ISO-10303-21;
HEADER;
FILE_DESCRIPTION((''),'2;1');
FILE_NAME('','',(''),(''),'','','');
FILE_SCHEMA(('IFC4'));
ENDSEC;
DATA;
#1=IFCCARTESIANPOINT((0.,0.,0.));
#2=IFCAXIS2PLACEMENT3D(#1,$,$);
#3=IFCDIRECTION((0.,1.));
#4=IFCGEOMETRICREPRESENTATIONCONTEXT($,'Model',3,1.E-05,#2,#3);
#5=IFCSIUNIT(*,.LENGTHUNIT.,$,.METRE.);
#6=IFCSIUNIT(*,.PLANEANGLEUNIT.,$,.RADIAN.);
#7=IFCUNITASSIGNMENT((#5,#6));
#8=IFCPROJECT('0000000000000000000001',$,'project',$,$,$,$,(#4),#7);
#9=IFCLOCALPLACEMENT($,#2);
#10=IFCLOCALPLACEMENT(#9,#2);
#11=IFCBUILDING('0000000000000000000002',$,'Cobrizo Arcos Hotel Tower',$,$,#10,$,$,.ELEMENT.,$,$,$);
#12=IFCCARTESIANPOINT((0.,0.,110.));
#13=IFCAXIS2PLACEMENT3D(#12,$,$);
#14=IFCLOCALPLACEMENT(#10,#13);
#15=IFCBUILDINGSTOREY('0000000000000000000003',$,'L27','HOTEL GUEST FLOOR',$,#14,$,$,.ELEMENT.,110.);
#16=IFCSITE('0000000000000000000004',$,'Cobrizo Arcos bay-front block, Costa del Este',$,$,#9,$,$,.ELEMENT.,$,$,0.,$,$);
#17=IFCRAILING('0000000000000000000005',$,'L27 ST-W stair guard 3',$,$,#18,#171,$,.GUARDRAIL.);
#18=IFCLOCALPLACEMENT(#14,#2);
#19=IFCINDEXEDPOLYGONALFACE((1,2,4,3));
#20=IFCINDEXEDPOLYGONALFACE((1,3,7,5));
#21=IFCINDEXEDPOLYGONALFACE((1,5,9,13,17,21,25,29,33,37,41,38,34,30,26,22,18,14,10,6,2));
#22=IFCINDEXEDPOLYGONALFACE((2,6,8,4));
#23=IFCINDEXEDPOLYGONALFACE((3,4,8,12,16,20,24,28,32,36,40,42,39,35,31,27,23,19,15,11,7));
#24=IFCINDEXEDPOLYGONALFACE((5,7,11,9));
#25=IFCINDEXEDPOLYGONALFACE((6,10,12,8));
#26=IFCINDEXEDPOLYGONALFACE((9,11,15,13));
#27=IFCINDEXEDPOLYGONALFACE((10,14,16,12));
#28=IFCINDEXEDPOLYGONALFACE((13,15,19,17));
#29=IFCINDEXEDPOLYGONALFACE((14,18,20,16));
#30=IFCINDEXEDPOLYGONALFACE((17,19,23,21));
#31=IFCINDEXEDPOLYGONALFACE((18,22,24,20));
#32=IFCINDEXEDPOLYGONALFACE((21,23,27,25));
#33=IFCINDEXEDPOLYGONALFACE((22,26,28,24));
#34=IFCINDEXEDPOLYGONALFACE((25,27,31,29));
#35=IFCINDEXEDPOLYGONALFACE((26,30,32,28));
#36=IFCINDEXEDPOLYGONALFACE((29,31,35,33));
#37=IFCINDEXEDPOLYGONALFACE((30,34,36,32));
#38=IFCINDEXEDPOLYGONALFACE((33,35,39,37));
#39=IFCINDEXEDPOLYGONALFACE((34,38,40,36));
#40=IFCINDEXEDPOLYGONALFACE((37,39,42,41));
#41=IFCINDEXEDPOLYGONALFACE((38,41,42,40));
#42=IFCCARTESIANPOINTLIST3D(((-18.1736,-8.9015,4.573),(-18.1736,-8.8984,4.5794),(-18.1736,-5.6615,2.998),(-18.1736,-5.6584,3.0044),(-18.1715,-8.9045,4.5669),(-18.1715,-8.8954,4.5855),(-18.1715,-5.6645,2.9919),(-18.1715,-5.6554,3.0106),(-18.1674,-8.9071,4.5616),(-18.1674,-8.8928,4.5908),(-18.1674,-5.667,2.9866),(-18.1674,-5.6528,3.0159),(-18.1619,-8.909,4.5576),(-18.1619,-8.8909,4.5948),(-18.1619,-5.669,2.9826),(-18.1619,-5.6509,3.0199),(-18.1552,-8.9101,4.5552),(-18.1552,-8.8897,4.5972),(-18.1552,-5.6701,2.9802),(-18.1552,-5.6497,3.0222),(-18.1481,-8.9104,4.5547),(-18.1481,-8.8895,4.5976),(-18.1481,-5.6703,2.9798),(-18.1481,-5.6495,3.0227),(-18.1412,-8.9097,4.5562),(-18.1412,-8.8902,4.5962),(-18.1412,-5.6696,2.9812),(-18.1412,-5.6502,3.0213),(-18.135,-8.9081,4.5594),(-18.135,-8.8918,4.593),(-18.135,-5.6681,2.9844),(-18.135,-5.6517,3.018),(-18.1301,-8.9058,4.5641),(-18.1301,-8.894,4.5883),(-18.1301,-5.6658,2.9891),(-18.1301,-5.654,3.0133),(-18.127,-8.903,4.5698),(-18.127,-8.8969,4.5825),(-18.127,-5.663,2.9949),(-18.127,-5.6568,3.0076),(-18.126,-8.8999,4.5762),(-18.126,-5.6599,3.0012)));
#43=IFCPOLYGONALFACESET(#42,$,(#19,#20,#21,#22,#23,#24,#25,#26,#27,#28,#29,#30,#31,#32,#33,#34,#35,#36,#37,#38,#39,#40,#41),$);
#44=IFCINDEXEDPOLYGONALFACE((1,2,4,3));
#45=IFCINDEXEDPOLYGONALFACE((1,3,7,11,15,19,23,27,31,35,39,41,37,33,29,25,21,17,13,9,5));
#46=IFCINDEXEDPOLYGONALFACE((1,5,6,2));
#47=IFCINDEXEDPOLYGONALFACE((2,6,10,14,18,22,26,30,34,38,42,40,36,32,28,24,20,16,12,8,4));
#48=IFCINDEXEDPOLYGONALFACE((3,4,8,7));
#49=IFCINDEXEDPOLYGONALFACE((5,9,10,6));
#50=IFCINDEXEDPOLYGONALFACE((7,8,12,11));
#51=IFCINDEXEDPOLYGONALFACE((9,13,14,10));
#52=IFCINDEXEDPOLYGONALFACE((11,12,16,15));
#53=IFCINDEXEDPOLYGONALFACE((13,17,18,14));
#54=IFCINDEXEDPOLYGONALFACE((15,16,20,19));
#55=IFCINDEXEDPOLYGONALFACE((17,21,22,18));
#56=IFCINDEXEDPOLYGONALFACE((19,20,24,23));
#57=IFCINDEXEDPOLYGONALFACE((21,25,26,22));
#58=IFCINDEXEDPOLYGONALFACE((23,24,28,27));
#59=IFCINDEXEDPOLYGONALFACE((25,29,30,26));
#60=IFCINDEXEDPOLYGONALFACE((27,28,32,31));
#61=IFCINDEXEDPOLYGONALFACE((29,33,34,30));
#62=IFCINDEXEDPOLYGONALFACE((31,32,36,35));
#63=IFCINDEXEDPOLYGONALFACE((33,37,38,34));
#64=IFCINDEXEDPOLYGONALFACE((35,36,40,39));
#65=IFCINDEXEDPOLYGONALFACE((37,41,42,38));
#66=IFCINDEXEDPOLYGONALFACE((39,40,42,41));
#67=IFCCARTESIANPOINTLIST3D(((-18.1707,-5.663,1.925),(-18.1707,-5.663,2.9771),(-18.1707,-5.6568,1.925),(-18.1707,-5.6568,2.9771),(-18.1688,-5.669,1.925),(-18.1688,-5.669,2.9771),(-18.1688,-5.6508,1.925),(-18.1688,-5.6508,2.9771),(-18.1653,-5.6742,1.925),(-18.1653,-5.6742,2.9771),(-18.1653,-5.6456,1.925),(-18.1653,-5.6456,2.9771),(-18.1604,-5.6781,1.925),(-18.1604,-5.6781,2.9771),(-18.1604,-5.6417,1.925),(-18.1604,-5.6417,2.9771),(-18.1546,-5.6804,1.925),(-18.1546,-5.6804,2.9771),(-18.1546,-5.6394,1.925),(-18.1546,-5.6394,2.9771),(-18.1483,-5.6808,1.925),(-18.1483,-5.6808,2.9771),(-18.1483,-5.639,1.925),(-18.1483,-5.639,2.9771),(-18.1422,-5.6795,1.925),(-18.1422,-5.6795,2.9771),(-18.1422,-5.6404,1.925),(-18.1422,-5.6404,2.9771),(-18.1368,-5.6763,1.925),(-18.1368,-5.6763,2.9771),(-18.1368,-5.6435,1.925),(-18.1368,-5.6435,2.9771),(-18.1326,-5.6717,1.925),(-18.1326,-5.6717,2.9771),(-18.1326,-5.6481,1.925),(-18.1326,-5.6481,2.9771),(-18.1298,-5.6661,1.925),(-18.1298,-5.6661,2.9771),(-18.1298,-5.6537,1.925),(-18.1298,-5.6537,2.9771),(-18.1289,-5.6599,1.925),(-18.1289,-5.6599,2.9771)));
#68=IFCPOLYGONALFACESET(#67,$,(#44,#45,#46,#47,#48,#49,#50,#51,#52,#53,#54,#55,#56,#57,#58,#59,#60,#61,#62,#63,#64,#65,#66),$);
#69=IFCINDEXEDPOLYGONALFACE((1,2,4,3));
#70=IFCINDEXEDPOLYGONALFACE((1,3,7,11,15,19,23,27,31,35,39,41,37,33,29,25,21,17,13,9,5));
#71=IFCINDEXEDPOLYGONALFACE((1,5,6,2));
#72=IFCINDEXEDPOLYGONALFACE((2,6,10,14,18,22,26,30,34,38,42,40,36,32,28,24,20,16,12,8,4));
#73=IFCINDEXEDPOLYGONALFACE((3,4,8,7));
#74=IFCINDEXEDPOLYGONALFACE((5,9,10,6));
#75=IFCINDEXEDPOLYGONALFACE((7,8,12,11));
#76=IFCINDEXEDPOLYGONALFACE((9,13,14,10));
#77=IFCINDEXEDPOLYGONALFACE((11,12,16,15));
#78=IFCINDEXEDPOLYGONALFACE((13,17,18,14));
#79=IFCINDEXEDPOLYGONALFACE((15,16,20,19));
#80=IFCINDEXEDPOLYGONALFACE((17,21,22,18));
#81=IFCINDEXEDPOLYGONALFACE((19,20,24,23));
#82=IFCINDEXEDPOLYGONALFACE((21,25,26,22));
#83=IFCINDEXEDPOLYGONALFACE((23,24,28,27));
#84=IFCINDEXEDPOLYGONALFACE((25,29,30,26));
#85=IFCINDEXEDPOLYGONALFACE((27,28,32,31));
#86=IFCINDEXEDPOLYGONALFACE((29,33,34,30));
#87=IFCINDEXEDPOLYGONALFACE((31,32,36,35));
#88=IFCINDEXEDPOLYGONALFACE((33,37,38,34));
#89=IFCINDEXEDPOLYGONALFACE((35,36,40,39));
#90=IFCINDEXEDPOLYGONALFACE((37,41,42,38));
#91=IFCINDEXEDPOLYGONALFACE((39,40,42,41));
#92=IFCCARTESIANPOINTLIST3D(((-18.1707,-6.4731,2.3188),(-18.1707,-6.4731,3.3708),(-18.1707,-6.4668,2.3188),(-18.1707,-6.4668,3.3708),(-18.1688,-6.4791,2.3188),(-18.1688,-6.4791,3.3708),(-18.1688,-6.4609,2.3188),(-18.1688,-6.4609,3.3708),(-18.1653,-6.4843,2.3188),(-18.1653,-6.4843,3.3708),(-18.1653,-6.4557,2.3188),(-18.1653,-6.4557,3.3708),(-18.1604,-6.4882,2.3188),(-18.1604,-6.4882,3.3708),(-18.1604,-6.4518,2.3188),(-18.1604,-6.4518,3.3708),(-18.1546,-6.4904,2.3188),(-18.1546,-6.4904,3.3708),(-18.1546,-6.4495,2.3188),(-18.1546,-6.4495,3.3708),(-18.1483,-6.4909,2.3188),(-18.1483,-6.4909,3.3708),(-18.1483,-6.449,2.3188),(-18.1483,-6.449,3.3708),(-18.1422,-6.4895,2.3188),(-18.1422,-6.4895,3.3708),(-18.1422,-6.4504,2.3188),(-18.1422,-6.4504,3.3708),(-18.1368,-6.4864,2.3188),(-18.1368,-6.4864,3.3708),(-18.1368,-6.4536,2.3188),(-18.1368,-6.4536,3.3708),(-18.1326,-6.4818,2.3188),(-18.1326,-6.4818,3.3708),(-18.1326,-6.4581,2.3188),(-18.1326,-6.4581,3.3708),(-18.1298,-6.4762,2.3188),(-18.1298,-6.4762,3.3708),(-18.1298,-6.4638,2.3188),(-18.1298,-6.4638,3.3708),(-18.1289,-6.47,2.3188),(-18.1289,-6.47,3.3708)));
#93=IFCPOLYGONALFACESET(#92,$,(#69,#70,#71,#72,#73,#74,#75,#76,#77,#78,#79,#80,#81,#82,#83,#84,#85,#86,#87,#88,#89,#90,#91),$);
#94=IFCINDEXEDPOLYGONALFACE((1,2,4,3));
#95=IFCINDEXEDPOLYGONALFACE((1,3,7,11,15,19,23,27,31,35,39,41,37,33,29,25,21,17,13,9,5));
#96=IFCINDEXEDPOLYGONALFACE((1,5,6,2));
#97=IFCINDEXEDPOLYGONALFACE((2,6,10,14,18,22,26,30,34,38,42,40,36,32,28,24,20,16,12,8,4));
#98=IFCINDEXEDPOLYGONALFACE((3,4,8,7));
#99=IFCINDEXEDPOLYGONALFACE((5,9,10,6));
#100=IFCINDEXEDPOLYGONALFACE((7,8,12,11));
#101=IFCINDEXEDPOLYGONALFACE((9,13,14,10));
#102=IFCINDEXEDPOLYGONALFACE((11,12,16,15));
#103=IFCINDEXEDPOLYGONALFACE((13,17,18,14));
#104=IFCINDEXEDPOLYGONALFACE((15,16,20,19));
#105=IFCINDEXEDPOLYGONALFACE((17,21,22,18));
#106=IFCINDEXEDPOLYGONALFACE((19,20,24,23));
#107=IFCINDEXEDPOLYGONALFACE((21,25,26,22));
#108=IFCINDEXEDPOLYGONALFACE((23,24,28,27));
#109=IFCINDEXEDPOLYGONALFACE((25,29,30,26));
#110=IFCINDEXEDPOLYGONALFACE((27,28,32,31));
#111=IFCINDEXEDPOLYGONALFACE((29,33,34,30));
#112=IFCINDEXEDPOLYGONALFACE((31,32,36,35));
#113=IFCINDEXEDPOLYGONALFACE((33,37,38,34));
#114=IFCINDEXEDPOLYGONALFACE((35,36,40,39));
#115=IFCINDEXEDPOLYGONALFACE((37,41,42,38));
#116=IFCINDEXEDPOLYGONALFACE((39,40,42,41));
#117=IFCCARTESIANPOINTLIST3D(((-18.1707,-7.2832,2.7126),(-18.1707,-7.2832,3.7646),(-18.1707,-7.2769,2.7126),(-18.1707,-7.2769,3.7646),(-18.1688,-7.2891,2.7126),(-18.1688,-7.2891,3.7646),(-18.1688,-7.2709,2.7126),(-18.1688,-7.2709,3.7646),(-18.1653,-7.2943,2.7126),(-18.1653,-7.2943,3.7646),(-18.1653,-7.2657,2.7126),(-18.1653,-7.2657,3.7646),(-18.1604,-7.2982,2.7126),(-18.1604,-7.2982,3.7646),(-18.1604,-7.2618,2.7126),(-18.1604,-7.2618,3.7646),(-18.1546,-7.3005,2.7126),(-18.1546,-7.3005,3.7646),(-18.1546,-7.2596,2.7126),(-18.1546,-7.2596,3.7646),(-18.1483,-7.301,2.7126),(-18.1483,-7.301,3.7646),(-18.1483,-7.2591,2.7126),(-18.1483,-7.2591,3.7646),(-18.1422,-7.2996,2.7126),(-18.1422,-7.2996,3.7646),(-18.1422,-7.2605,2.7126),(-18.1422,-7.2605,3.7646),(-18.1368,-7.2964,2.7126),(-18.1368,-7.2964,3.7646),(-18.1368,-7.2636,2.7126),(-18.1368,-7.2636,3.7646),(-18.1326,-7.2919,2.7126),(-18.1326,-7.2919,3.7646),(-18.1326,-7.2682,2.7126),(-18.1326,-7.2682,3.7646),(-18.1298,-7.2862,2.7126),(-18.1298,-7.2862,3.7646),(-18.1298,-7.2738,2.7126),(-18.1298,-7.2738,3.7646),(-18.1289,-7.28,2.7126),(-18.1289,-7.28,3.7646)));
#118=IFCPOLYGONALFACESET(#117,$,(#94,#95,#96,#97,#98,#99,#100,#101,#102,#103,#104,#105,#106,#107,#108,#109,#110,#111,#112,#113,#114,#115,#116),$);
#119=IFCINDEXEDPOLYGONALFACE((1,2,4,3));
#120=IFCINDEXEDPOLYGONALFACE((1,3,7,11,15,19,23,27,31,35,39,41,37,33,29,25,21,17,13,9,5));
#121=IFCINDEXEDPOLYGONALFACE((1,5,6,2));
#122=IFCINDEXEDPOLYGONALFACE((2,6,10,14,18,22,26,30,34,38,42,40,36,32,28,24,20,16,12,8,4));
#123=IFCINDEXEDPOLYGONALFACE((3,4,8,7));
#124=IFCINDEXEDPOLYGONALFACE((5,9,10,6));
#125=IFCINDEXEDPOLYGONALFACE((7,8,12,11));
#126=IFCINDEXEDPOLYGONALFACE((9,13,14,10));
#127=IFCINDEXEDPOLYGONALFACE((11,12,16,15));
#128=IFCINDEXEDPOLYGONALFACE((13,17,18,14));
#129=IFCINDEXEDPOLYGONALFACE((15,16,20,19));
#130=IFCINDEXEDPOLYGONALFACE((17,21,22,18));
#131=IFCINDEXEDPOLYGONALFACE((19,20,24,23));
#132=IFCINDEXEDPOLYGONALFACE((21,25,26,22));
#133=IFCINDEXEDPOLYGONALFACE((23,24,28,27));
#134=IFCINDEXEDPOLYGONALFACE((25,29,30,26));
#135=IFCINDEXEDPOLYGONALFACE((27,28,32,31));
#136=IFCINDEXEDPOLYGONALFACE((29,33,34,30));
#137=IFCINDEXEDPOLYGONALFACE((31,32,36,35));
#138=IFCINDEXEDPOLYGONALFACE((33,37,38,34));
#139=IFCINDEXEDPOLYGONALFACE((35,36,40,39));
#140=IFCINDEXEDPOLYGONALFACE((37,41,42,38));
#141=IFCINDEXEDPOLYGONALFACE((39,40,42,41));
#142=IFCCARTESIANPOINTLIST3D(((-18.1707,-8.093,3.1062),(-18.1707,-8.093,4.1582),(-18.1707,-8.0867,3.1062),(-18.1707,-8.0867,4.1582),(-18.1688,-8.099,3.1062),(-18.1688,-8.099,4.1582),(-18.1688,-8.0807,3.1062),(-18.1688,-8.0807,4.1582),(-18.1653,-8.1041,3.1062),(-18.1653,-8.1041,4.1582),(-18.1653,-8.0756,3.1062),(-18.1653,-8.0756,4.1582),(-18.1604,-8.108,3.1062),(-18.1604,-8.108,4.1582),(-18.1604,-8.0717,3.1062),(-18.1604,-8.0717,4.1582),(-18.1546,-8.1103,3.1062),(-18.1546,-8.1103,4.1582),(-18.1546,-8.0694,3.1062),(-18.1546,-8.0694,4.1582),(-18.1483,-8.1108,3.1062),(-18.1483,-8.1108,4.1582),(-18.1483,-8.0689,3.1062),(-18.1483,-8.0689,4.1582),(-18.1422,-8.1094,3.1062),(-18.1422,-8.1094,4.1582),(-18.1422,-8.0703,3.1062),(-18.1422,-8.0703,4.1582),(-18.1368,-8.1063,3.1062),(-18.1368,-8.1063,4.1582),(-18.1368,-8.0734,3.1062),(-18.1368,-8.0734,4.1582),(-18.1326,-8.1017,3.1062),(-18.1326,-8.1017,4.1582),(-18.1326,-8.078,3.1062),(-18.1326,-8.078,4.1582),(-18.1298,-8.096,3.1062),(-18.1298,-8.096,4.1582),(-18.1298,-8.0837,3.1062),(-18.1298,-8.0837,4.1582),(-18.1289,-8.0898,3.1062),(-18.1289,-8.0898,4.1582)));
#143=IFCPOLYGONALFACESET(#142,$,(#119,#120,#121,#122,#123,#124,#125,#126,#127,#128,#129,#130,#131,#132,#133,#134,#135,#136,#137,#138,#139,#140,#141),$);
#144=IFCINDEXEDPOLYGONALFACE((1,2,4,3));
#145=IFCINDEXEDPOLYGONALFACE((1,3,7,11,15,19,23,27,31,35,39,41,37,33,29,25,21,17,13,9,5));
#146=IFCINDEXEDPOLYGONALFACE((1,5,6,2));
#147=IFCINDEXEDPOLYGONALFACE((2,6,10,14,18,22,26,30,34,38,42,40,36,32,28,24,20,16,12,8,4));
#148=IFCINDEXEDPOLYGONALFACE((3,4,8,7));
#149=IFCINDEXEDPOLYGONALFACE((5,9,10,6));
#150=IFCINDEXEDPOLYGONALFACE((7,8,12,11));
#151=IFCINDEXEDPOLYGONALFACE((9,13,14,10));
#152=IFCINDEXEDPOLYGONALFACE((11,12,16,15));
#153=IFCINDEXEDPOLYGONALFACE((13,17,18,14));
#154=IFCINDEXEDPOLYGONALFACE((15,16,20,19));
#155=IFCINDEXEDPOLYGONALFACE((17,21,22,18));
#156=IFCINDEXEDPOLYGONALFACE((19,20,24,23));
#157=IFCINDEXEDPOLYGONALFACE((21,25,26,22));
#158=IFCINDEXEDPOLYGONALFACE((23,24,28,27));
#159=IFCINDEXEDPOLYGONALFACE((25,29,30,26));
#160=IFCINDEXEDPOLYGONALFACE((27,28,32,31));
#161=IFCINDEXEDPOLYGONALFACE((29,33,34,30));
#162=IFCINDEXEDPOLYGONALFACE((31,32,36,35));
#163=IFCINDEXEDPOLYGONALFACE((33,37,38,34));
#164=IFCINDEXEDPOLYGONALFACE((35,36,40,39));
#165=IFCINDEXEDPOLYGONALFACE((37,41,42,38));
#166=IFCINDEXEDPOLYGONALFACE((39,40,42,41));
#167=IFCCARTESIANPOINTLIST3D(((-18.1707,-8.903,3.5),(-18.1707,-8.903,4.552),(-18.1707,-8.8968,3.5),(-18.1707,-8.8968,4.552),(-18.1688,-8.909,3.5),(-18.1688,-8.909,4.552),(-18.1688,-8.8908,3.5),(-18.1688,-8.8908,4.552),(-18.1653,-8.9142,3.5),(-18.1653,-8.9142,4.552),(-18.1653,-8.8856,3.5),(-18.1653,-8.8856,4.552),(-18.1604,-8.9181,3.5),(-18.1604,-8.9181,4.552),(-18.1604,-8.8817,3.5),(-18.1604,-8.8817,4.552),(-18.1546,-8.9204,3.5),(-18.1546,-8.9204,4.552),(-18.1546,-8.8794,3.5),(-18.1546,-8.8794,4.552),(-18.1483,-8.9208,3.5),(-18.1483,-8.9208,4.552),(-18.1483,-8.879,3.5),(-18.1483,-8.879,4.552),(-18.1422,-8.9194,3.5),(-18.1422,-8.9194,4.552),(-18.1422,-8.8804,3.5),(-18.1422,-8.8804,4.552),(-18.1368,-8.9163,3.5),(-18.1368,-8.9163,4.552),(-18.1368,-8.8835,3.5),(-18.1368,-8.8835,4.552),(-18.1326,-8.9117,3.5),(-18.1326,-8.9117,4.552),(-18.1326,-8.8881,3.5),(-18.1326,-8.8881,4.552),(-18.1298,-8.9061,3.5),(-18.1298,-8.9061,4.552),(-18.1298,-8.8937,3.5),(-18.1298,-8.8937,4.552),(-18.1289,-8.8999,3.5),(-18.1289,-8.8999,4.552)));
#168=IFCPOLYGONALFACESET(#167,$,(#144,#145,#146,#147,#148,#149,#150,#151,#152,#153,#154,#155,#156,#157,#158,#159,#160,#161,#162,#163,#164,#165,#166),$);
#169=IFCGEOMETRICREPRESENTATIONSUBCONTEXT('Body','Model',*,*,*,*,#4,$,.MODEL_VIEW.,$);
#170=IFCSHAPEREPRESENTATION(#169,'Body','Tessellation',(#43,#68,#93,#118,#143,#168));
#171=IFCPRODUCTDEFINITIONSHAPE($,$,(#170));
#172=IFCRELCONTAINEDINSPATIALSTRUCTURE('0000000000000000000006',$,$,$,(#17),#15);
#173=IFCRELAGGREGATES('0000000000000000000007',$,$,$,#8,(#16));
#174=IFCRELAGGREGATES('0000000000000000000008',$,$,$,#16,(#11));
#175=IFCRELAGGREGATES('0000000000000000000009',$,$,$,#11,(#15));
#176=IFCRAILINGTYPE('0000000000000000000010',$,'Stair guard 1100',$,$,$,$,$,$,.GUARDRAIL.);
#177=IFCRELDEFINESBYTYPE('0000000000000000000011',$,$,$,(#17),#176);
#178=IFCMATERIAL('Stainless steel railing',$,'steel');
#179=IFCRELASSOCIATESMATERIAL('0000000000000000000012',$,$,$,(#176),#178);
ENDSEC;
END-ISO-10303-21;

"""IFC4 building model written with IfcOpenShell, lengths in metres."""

from ifc_helpers import new_model, si_unit, direction, frame, origin, origin_2d, place, context, subcontext, project, spatial, circle, extrude, material, type_object, element, save


model = new_model("IFC4")

# Units and contexts
model_context = context("Model", 3, precision=1e-05, world=origin(), true_north=direction((0.0, 1.0)))
body_context = subcontext(model_context, "Body", "Model", "MODEL_VIEW")
ifc_project = project(units=[si_unit("LENGTHUNIT", "METRE"), si_unit("PLANEANGLEUNIT", "RADIAN")], contexts=[model_context])

# Site, building, storey
site_placement = place(None, origin())
site = spatial("IfcSite", under=ifc_project, at=site_placement, Name="Cobrizo Arcos bay-front block, Costa del Este", CompositionType="ELEMENT", RefElevation=0.0)
building_placement = place(site_placement, origin())
building = spatial("IfcBuilding", under=site, at=building_placement, Name="Cobrizo Arcos Hotel Tower", CompositionType="ELEMENT")
storey_placement = place(building_placement, frame((0.0, 0.0, 110.0)))
storey = spatial("IfcBuildingStorey", under=building, at=storey_placement, Name="L27", Description="HOTEL GUEST FLOOR", CompositionType="ELEMENT", Elevation=110.0)

# Railing
ifc_material_1 = material(Name="Stainless steel railing", Category="steel")
railing_type_1 = type_object("IfcRailingType", Name="Stair guard 1100", PredefinedType="GUARDRAIL", material=ifc_material_1)
railing_1_placement = place(storey_placement, frame((-18.1499, -5.6599, 1.925)))
element("IfcRailing", 1, at=railing_1_placement, inside=storey, type_object=railing_type_1, Name="L27 ST-W stair guard 3", PredefinedType="GUARDRAIL", context=body_context, shape_type="SweptSolid", body=[
    extrude(circle(Radius=0.0239, at=origin_2d()), frame((0.0, 0.0, 1.0762), z_axis=(0.0, -0.899373, 0.437183), x_axis=(1.0, 0.0, 0.0)), (0.0, 0.0, 1.0), 3.6025),
    extrude(circle(Radius=0.021, at=origin_2d()), origin(), (0.0, 0.0, 1.0), 1.052),
    extrude(circle(Radius=0.021, at=origin_2d()), frame((0.0, -0.8101, 0.3938)), (0.0, 0.0, 1.0), 1.052),
    extrude(circle(Radius=0.021, at=origin_2d()), frame((0.0, -1.6201, 0.7876)), (0.0, 0.0, 1.0), 1.052),
    extrude(circle(Radius=0.021, at=origin_2d()), frame((0.0, -2.4299, 1.1812)), (0.0, 0.0, 1.0), 1.052),
    extrude(circle(Radius=0.021, at=origin_2d()), frame((0.0, -3.24, 1.575)), (0.0, 0.0, 1.0), 1.052),
])

save(model, "model.ifc")
